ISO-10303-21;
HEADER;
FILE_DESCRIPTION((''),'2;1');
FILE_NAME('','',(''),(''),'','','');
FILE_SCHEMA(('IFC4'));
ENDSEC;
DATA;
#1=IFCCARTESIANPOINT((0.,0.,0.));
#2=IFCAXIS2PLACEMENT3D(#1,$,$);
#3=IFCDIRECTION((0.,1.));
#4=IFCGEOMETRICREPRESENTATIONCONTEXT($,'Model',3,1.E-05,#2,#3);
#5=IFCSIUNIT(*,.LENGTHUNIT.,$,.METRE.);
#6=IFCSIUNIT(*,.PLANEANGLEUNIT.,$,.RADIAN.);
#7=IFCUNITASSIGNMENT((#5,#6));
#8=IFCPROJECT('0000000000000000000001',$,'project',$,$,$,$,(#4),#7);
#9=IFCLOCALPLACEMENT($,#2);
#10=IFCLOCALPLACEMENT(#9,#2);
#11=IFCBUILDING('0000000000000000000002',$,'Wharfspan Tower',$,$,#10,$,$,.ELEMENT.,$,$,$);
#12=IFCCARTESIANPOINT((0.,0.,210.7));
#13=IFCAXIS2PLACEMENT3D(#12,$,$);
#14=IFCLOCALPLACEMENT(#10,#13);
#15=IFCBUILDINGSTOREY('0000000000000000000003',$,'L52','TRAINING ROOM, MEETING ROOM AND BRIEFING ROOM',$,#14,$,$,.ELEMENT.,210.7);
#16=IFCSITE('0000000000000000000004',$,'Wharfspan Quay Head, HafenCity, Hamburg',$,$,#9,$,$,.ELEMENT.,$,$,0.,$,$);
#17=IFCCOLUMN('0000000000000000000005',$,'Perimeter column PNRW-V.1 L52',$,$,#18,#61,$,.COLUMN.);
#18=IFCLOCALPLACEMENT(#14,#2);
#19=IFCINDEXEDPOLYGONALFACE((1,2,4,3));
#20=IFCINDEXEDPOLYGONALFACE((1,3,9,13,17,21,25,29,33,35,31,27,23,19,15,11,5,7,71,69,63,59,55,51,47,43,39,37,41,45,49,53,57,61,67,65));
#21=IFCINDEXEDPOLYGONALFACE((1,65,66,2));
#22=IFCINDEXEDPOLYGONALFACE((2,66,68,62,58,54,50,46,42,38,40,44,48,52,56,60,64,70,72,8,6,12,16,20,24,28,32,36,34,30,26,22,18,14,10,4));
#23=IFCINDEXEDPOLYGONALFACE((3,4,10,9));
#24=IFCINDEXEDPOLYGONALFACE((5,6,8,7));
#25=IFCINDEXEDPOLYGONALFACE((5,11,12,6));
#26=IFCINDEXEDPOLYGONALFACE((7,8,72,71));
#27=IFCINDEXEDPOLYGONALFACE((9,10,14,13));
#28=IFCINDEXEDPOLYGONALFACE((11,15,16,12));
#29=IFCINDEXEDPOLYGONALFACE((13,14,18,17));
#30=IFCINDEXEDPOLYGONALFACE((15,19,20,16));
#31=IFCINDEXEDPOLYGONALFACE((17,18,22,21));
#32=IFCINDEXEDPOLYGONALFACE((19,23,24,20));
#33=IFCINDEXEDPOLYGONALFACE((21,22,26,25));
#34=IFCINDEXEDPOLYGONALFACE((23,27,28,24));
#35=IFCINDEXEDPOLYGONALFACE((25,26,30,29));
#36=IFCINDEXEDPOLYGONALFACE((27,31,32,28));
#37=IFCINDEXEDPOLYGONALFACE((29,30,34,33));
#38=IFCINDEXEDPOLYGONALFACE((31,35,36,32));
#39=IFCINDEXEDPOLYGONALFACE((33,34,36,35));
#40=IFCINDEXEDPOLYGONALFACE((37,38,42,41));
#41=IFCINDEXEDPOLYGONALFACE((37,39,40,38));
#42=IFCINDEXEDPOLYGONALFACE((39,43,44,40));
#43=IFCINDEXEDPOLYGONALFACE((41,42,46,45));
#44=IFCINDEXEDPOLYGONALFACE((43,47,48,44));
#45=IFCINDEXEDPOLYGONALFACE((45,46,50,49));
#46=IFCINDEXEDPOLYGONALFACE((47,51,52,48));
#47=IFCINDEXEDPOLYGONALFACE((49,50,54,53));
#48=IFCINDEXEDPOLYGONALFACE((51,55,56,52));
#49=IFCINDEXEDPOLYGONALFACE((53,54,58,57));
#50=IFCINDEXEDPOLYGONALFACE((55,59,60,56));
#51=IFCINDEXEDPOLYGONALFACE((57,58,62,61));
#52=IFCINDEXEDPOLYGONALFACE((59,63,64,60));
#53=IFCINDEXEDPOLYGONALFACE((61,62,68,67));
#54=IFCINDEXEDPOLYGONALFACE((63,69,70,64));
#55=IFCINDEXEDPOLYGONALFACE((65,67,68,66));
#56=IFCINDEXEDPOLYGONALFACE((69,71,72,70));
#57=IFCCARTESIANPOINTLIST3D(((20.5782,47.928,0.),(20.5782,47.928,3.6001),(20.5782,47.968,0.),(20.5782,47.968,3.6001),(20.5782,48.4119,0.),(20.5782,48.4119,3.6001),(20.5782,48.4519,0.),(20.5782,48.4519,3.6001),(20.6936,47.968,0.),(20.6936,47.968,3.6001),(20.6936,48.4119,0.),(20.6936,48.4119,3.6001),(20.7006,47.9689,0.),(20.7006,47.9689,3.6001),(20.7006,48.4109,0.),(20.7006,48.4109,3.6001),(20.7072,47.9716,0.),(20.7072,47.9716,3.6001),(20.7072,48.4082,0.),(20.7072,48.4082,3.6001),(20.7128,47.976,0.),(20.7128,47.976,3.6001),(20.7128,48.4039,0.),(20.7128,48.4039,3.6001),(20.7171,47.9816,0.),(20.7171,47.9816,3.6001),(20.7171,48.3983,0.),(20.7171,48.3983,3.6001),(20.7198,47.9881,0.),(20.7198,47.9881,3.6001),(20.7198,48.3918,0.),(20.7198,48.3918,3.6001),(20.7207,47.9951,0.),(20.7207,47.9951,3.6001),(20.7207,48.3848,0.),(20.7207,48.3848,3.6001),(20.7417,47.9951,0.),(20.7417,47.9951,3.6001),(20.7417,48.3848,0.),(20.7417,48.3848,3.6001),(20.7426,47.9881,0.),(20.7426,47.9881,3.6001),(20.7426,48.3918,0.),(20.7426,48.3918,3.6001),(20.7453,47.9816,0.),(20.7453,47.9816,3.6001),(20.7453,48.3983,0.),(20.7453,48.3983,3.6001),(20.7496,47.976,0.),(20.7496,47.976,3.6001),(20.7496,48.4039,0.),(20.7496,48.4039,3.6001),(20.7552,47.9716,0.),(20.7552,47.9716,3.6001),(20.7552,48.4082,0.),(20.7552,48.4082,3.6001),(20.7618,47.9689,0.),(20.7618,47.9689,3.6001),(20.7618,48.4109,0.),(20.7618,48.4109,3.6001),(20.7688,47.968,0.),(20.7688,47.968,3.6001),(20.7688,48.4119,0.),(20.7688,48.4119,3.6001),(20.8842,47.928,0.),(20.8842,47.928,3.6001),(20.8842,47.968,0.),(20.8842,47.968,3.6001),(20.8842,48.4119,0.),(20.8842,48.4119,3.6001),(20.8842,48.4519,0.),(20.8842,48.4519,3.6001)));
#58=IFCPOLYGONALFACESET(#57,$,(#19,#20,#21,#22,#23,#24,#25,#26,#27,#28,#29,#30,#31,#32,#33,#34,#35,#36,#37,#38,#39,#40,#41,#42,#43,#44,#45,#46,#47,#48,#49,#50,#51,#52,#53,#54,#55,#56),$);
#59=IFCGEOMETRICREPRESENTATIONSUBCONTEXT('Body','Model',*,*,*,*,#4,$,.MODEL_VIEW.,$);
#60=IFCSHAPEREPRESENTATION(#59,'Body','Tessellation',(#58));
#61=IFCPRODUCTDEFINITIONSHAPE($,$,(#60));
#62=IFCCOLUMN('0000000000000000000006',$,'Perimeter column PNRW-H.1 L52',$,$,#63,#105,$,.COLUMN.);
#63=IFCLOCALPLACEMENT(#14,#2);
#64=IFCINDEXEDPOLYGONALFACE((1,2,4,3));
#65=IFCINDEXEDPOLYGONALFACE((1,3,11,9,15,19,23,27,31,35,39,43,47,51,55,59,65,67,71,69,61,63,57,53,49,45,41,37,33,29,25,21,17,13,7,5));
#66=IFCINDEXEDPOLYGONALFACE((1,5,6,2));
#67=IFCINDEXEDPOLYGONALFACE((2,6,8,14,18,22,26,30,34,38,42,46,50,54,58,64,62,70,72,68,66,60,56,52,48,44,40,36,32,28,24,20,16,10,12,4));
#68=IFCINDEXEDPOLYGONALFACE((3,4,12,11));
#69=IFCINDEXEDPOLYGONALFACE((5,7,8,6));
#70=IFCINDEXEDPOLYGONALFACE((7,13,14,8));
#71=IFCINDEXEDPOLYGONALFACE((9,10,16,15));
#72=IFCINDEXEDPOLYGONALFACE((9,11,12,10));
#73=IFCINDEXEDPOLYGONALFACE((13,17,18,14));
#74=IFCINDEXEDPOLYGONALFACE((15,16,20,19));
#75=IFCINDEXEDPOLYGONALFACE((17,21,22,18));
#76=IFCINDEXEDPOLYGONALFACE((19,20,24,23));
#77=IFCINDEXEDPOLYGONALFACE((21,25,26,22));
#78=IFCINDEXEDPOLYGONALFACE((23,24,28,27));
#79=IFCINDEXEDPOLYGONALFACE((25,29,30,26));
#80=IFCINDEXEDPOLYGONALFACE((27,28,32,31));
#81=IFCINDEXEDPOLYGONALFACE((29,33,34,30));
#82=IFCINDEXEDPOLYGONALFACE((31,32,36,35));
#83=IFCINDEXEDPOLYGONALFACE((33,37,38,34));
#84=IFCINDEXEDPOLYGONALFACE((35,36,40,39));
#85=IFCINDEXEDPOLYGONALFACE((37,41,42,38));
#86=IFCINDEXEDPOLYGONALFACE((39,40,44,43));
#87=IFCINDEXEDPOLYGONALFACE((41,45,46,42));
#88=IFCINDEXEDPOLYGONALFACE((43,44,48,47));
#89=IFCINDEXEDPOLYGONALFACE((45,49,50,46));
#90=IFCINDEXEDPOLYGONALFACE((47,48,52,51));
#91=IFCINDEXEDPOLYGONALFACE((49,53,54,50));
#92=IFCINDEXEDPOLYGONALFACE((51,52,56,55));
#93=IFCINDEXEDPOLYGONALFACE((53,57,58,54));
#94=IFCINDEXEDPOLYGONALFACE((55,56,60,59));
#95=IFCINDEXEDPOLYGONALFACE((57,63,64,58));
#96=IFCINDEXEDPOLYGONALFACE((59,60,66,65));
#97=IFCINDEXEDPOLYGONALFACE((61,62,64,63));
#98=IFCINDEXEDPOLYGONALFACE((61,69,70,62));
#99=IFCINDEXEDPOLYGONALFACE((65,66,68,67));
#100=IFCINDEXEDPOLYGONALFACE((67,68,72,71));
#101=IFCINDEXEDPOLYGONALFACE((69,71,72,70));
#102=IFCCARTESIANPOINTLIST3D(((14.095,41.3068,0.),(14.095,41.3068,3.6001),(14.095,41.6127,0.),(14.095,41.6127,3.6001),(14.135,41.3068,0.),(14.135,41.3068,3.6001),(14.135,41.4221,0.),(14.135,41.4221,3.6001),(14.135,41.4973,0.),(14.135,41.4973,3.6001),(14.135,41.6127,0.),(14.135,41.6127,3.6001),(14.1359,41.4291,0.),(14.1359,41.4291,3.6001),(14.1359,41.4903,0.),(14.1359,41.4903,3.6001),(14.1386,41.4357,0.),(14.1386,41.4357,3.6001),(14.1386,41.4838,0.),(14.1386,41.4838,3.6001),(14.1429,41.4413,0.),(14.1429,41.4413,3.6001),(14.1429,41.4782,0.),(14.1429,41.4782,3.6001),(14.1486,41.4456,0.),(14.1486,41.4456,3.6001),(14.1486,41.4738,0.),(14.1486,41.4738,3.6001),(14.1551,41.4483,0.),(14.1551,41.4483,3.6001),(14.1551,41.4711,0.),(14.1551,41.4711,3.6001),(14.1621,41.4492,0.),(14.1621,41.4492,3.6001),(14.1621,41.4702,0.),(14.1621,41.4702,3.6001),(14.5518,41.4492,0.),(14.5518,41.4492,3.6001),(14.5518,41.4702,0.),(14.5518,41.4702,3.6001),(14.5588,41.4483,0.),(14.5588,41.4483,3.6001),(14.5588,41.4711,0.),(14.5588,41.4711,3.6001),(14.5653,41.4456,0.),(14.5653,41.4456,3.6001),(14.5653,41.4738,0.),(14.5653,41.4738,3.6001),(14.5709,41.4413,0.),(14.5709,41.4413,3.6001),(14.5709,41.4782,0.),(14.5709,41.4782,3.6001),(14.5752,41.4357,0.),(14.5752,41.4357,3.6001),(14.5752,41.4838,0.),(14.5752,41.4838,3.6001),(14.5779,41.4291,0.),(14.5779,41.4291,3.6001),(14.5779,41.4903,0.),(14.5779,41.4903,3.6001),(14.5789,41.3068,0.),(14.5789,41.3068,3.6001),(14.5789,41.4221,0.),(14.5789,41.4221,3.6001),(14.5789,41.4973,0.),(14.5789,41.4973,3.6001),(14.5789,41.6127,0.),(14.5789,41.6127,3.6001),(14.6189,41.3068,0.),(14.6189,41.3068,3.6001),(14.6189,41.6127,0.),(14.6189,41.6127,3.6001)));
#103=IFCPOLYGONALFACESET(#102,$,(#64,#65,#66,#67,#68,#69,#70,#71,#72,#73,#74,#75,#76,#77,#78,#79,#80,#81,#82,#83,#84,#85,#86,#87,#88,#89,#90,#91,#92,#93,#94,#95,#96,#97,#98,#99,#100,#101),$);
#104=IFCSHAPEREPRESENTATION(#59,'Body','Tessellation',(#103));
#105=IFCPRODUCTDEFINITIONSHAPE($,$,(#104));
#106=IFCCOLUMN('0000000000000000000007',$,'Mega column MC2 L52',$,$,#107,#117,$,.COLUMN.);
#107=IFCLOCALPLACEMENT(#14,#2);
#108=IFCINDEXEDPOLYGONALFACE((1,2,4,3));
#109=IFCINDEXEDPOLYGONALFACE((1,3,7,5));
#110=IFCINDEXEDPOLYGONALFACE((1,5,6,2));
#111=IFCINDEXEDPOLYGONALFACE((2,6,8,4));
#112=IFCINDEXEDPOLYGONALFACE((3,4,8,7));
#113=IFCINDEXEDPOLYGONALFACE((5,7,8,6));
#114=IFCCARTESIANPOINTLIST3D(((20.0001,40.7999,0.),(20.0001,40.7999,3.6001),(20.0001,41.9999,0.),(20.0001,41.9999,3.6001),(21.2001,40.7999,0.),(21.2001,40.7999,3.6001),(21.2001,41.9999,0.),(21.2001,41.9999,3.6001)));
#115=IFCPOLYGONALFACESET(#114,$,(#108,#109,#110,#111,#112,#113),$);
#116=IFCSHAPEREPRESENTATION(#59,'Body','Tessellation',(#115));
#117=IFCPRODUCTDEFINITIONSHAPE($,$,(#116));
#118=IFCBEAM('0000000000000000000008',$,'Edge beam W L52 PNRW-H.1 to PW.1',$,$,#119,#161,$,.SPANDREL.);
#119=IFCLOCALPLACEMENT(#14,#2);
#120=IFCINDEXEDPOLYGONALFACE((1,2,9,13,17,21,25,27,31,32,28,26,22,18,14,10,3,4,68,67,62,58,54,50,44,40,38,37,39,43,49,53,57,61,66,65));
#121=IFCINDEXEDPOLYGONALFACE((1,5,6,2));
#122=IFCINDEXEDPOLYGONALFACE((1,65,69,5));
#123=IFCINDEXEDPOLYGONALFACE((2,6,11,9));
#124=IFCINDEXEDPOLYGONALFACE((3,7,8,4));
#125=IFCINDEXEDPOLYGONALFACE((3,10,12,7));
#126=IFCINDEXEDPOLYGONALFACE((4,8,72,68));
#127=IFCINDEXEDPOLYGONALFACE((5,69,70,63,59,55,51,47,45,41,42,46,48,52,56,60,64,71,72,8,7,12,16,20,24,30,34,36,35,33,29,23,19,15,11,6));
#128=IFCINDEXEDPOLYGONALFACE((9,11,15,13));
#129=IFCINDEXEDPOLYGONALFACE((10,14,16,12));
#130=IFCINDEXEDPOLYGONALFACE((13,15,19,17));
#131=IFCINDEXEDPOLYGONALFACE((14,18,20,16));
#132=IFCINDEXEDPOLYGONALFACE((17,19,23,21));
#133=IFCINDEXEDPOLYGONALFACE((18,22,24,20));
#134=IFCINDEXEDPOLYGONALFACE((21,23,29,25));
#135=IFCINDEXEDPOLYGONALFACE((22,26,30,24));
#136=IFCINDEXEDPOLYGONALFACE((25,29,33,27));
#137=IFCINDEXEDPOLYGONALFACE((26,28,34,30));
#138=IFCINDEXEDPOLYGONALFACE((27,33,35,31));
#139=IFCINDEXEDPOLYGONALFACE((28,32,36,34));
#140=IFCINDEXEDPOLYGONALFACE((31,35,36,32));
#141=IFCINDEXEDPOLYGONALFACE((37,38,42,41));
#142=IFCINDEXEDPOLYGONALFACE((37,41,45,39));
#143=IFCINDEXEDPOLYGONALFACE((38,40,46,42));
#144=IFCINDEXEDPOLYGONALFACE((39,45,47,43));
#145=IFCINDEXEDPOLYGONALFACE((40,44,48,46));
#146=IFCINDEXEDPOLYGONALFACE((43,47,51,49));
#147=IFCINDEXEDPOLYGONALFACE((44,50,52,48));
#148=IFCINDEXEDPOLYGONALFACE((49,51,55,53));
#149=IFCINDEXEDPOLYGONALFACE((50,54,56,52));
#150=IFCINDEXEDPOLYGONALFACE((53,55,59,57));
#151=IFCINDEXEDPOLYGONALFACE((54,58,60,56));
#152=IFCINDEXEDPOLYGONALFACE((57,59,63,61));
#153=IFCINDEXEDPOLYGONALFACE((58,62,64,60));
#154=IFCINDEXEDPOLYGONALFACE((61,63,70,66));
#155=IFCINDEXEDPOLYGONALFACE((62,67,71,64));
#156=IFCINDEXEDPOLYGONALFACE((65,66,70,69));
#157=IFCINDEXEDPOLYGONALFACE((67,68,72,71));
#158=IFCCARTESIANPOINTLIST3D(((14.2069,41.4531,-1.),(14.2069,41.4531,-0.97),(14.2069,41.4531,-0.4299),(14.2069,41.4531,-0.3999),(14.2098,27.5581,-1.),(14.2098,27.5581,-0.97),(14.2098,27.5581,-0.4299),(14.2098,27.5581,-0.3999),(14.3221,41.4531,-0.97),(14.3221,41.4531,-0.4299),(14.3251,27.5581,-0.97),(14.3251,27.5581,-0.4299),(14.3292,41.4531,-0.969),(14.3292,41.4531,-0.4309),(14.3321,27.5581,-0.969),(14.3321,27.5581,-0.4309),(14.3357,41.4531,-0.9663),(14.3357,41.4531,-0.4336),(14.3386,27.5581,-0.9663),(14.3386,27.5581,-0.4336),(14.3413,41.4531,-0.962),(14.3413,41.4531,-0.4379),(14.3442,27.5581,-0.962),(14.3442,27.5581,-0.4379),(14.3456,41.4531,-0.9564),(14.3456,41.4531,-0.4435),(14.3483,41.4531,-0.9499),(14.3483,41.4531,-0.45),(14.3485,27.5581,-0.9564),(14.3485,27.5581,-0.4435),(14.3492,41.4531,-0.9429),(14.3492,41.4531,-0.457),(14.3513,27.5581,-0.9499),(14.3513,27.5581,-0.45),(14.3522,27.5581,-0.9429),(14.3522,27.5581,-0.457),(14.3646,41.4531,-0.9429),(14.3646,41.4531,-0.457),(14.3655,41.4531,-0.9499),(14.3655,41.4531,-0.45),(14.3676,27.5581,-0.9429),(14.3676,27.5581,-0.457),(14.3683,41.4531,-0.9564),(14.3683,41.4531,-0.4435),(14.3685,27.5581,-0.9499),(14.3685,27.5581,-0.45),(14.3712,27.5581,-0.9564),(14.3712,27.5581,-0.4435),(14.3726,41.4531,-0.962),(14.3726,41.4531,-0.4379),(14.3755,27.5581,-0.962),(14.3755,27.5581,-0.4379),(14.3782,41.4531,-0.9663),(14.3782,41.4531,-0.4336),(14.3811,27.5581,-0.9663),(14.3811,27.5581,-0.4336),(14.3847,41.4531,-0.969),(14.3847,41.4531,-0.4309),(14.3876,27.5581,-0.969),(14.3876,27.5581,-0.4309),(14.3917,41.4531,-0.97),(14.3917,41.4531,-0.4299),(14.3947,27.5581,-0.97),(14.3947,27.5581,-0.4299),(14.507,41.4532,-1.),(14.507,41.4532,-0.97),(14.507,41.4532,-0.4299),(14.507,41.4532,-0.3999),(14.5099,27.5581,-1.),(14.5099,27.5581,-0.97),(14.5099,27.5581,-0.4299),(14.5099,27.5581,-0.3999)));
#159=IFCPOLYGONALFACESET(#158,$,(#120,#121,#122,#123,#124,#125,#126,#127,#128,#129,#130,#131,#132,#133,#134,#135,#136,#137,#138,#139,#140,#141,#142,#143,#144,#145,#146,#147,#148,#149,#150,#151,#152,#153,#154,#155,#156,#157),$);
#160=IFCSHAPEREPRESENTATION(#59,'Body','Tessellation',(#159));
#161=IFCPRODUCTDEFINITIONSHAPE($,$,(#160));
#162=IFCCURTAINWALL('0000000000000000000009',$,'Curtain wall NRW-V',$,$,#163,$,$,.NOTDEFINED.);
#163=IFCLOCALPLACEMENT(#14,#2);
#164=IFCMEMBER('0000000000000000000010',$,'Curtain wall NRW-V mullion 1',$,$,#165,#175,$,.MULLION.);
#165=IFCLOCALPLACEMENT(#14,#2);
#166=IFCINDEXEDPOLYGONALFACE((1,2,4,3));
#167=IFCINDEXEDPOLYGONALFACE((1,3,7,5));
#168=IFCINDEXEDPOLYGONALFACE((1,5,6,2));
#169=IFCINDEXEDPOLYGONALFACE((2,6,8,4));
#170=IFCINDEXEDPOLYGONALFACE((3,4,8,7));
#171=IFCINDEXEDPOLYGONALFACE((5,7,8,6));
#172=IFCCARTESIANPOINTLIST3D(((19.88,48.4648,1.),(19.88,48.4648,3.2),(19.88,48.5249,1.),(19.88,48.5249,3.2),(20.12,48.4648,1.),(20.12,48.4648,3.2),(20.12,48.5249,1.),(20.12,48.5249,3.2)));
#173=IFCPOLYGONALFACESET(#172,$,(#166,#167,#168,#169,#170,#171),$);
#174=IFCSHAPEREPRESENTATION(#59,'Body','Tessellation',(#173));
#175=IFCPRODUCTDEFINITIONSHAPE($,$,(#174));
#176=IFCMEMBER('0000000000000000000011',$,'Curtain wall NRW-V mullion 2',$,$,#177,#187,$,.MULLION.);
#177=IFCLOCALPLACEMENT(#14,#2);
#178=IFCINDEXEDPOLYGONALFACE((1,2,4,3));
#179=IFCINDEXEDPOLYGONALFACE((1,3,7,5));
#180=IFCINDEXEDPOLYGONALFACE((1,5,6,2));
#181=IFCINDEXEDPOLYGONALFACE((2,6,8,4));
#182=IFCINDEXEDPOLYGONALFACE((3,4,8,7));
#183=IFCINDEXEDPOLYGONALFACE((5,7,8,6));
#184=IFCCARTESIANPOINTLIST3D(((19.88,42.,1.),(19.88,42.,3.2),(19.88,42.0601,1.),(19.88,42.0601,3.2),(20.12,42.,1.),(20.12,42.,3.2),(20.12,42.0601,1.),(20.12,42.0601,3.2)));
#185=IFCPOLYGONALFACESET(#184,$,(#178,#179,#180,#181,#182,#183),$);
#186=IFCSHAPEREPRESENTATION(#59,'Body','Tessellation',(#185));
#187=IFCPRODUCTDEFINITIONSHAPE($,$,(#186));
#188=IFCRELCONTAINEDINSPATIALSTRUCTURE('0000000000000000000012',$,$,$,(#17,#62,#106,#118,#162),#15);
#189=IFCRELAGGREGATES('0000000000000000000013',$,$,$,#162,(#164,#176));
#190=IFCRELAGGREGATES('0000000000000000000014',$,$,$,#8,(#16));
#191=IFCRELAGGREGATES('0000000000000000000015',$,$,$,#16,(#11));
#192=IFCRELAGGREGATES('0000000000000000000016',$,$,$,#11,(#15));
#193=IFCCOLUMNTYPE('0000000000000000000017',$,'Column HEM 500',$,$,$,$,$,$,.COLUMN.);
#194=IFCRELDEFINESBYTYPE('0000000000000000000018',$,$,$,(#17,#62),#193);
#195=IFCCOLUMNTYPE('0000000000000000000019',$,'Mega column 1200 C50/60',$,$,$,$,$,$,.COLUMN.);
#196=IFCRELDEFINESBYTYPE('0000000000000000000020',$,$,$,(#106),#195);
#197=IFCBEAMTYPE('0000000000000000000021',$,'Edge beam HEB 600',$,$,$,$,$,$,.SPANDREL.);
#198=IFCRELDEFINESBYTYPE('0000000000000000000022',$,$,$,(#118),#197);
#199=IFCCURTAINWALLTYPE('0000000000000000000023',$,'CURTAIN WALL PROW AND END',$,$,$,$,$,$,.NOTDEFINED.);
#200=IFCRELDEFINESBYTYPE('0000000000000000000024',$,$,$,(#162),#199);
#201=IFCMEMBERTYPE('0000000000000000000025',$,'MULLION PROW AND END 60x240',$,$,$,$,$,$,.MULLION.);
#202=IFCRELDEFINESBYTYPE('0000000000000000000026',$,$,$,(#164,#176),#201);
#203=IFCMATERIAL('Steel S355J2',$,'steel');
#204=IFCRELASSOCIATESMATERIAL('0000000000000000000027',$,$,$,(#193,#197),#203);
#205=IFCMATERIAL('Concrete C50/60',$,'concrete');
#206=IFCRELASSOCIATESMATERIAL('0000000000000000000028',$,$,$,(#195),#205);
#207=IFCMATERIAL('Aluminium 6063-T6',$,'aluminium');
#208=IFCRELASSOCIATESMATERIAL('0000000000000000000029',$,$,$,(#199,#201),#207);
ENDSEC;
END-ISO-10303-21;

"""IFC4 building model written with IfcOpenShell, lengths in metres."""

from ifc_helpers import new_model, si_unit, direction, frame, origin, origin_2d, place, context, subcontext, project, spatial, rectangle, i_section, extrude, material, material_profile, profile_set, type_object, element, aggregate, save


model = new_model("IFC4")

# Units and contexts
model_context = context("Model", 3, precision=1e-05, world=origin(), true_north=direction((0.0, 1.0)))
body_context = subcontext(model_context, "Body", "Model", "MODEL_VIEW")
ifc_project = project(units=[si_unit("LENGTHUNIT", "METRE"), si_unit("PLANEANGLEUNIT", "RADIAN")], contexts=[model_context])

# Site, building, storey
site_placement = place(None, origin())
site = spatial("IfcSite", under=ifc_project, at=site_placement, Name="Wharfspan Quay Head, HafenCity, Hamburg", CompositionType="ELEMENT", RefElevation=0.0)
building_placement = place(site_placement, origin())
building = spatial("IfcBuilding", under=site, at=building_placement, Name="Wharfspan Tower", CompositionType="ELEMENT")
storey_placement = place(building_placement, frame((0.0, 0.0, 210.7)))
storey = spatial("IfcBuildingStorey", under=building, at=storey_placement, Name="L52", Description="TRAINING ROOM, MEETING ROOM AND BRIEFING ROOM", CompositionType="ELEMENT", Elevation=210.7)

# Columns
ifc_material_1 = material(Name="Steel S355J2", Category="steel")
ifc_material_profile_1 = material_profile(ifc_material_1, i_section(OverallWidth=0.3059, OverallDepth=0.5239, WebThickness=0.021, FlangeThickness=0.04, FilletRadius=0.0271, at=origin_2d()))
ifc_profile_set_1 = profile_set([ifc_material_profile_1], Name="Steel S355J2")
column_type_1 = type_object("IfcColumnType", Name="Column HEM 500", PredefinedType="COLUMN", material=ifc_profile_set_1)
for number, where, z_axis, x_axis, name in (
    (1, (20.7312, 48.1899, 0.0), (0.0, 0.0, 1.0), (-1.0, 0.0, 0.0), "Perimeter column PNRW-V.1 L52"),
    (2, (14.3569, 41.4597, 0.0), (0.0, 0.0, 1.0), (0.0, 1.0, 0.0), "Perimeter column PNRW-H.1 L52"),
):
    element("IfcColumn", number, at=place(storey_placement, frame(where, z_axis=z_axis, x_axis=x_axis)), inside=storey, type_object=column_type_1, Name=name, PredefinedType="COLUMN", context=body_context, shape_type="SweptSolid", body=[
        extrude(i_section(OverallWidth=0.3059, OverallDepth=0.5239, WebThickness=0.021, FlangeThickness=0.04, FilletRadius=0.0271, at=origin_2d()), origin(), (0.0, 0.0, 1.0), 3.6001),
    ])
ifc_material_2 = material(Name="Concrete C50/60", Category="concrete")
ifc_material_profile_2 = material_profile(ifc_material_2, rectangle(XDim=1.2, YDim=1.2, at=origin_2d()))
ifc_profile_set_2 = profile_set([ifc_material_profile_2], Name="Concrete C50/60")
column_type_2 = type_object("IfcColumnType", Name="Mega column 1200 C50/60", PredefinedType="COLUMN", material=ifc_profile_set_2)
column_placement = place(storey_placement, frame((20.6001, 41.3999, 0.0), z_axis=(0.0, 0.0, 1.0), x_axis=(1.0, 0.0, 0.0)))
element("IfcColumn", 3, at=column_placement, inside=storey, type_object=column_type_2, Name="Mega column MC2 L52", PredefinedType="COLUMN", context=body_context, shape_type="SweptSolid", body=[
    extrude(rectangle(XDim=1.2, YDim=1.2, at=origin_2d()), origin(), (0.0, 0.0, 1.0), 3.6001),
])

# Beam
ifc_material_profile_3 = material_profile(ifc_material_1, i_section(OverallWidth=0.3, OverallDepth=0.6001, WebThickness=0.0154, FlangeThickness=0.03, FilletRadius=0.0271, at=origin_2d()))
ifc_profile_set_3 = profile_set([ifc_material_profile_3], Name="Steel S355J2")
beam_type = type_object("IfcBeamType", Name="Edge beam HEB 600", PredefinedType="SPANDREL", material=ifc_profile_set_3)
beam_placement = place(storey_placement, frame((14.3569, 41.4531, -0.7), z_axis=(0.000211, -1.0, 0.0), x_axis=(1.0, 0.000211, 0.0)))
element("IfcBeam", 4, at=beam_placement, inside=storey, type_object=beam_type, Name="Edge beam W L52 PNRW-H.1 to PW.1", PredefinedType="SPANDREL", context=body_context, shape_type="SweptSolid", body=[
    extrude(i_section(OverallWidth=0.3, OverallDepth=0.6001, WebThickness=0.0154, FlangeThickness=0.03, FilletRadius=0.0271, at=origin_2d()), origin(), (0.0, 0.0, 1.0), 13.895),
])

# Curtain wall, members
ifc_material_3 = material(Name="Aluminium 6063-T6", Category="aluminium")
curtain_wall_type = type_object("IfcCurtainWallType", Name="CURTAIN WALL PROW AND END", PredefinedType="NOTDEFINED", material=ifc_material_3)
curtain_wall_1_placement = place(storey_placement, origin())
curtain_wall_1 = element("IfcCurtainWall", 5, at=curtain_wall_1_placement, inside=storey, type_object=curtain_wall_type, Name="Curtain wall NRW-V", PredefinedType="NOTDEFINED")
ifc_material_profile_4 = material_profile(ifc_material_3, rectangle(XDim=0.24, YDim=0.0601, at=origin_2d()))
ifc_profile_set_4 = profile_set([ifc_material_profile_4], Name="Aluminium 6063-T6")
member_type_1 = type_object("IfcMemberType", Name="MULLION PROW AND END 60x240", PredefinedType="MULLION", material=ifc_profile_set_4)
member_1_placement = place(storey_placement, frame((20.0, 48.4949, 1.0), z_axis=(0.0, 0.0, 1.0), x_axis=(1.0, 0.0, 0.0)))
member_1 = element("IfcMember", 6, at=member_1_placement, type_object=member_type_1, Name="Curtain wall NRW-V mullion 1", PredefinedType="MULLION", context=body_context, shape_type="SweptSolid", body=[
    extrude(rectangle(XDim=0.24, YDim=0.0601, at=origin_2d()), origin(), (0.0, 0.0, 1.0), 2.2),
])
member_2_placement = place(storey_placement, frame((20.0, 42.03, 1.0), z_axis=(0.0, 0.0, 1.0), x_axis=(1.0, 0.0, 0.0)))
member_2 = element("IfcMember", 7, at=member_2_placement, type_object=member_type_1, Name="Curtain wall NRW-V mullion 2", PredefinedType="MULLION", context=body_context, shape_type="SweptSolid", body=[
    extrude(rectangle(XDim=0.24, YDim=0.0601, at=origin_2d()), origin(), (0.0, 0.0, 1.0), 2.2),
])

aggregate(curtain_wall_1, [member_1, member_2])

save(model, "model.ifc")
